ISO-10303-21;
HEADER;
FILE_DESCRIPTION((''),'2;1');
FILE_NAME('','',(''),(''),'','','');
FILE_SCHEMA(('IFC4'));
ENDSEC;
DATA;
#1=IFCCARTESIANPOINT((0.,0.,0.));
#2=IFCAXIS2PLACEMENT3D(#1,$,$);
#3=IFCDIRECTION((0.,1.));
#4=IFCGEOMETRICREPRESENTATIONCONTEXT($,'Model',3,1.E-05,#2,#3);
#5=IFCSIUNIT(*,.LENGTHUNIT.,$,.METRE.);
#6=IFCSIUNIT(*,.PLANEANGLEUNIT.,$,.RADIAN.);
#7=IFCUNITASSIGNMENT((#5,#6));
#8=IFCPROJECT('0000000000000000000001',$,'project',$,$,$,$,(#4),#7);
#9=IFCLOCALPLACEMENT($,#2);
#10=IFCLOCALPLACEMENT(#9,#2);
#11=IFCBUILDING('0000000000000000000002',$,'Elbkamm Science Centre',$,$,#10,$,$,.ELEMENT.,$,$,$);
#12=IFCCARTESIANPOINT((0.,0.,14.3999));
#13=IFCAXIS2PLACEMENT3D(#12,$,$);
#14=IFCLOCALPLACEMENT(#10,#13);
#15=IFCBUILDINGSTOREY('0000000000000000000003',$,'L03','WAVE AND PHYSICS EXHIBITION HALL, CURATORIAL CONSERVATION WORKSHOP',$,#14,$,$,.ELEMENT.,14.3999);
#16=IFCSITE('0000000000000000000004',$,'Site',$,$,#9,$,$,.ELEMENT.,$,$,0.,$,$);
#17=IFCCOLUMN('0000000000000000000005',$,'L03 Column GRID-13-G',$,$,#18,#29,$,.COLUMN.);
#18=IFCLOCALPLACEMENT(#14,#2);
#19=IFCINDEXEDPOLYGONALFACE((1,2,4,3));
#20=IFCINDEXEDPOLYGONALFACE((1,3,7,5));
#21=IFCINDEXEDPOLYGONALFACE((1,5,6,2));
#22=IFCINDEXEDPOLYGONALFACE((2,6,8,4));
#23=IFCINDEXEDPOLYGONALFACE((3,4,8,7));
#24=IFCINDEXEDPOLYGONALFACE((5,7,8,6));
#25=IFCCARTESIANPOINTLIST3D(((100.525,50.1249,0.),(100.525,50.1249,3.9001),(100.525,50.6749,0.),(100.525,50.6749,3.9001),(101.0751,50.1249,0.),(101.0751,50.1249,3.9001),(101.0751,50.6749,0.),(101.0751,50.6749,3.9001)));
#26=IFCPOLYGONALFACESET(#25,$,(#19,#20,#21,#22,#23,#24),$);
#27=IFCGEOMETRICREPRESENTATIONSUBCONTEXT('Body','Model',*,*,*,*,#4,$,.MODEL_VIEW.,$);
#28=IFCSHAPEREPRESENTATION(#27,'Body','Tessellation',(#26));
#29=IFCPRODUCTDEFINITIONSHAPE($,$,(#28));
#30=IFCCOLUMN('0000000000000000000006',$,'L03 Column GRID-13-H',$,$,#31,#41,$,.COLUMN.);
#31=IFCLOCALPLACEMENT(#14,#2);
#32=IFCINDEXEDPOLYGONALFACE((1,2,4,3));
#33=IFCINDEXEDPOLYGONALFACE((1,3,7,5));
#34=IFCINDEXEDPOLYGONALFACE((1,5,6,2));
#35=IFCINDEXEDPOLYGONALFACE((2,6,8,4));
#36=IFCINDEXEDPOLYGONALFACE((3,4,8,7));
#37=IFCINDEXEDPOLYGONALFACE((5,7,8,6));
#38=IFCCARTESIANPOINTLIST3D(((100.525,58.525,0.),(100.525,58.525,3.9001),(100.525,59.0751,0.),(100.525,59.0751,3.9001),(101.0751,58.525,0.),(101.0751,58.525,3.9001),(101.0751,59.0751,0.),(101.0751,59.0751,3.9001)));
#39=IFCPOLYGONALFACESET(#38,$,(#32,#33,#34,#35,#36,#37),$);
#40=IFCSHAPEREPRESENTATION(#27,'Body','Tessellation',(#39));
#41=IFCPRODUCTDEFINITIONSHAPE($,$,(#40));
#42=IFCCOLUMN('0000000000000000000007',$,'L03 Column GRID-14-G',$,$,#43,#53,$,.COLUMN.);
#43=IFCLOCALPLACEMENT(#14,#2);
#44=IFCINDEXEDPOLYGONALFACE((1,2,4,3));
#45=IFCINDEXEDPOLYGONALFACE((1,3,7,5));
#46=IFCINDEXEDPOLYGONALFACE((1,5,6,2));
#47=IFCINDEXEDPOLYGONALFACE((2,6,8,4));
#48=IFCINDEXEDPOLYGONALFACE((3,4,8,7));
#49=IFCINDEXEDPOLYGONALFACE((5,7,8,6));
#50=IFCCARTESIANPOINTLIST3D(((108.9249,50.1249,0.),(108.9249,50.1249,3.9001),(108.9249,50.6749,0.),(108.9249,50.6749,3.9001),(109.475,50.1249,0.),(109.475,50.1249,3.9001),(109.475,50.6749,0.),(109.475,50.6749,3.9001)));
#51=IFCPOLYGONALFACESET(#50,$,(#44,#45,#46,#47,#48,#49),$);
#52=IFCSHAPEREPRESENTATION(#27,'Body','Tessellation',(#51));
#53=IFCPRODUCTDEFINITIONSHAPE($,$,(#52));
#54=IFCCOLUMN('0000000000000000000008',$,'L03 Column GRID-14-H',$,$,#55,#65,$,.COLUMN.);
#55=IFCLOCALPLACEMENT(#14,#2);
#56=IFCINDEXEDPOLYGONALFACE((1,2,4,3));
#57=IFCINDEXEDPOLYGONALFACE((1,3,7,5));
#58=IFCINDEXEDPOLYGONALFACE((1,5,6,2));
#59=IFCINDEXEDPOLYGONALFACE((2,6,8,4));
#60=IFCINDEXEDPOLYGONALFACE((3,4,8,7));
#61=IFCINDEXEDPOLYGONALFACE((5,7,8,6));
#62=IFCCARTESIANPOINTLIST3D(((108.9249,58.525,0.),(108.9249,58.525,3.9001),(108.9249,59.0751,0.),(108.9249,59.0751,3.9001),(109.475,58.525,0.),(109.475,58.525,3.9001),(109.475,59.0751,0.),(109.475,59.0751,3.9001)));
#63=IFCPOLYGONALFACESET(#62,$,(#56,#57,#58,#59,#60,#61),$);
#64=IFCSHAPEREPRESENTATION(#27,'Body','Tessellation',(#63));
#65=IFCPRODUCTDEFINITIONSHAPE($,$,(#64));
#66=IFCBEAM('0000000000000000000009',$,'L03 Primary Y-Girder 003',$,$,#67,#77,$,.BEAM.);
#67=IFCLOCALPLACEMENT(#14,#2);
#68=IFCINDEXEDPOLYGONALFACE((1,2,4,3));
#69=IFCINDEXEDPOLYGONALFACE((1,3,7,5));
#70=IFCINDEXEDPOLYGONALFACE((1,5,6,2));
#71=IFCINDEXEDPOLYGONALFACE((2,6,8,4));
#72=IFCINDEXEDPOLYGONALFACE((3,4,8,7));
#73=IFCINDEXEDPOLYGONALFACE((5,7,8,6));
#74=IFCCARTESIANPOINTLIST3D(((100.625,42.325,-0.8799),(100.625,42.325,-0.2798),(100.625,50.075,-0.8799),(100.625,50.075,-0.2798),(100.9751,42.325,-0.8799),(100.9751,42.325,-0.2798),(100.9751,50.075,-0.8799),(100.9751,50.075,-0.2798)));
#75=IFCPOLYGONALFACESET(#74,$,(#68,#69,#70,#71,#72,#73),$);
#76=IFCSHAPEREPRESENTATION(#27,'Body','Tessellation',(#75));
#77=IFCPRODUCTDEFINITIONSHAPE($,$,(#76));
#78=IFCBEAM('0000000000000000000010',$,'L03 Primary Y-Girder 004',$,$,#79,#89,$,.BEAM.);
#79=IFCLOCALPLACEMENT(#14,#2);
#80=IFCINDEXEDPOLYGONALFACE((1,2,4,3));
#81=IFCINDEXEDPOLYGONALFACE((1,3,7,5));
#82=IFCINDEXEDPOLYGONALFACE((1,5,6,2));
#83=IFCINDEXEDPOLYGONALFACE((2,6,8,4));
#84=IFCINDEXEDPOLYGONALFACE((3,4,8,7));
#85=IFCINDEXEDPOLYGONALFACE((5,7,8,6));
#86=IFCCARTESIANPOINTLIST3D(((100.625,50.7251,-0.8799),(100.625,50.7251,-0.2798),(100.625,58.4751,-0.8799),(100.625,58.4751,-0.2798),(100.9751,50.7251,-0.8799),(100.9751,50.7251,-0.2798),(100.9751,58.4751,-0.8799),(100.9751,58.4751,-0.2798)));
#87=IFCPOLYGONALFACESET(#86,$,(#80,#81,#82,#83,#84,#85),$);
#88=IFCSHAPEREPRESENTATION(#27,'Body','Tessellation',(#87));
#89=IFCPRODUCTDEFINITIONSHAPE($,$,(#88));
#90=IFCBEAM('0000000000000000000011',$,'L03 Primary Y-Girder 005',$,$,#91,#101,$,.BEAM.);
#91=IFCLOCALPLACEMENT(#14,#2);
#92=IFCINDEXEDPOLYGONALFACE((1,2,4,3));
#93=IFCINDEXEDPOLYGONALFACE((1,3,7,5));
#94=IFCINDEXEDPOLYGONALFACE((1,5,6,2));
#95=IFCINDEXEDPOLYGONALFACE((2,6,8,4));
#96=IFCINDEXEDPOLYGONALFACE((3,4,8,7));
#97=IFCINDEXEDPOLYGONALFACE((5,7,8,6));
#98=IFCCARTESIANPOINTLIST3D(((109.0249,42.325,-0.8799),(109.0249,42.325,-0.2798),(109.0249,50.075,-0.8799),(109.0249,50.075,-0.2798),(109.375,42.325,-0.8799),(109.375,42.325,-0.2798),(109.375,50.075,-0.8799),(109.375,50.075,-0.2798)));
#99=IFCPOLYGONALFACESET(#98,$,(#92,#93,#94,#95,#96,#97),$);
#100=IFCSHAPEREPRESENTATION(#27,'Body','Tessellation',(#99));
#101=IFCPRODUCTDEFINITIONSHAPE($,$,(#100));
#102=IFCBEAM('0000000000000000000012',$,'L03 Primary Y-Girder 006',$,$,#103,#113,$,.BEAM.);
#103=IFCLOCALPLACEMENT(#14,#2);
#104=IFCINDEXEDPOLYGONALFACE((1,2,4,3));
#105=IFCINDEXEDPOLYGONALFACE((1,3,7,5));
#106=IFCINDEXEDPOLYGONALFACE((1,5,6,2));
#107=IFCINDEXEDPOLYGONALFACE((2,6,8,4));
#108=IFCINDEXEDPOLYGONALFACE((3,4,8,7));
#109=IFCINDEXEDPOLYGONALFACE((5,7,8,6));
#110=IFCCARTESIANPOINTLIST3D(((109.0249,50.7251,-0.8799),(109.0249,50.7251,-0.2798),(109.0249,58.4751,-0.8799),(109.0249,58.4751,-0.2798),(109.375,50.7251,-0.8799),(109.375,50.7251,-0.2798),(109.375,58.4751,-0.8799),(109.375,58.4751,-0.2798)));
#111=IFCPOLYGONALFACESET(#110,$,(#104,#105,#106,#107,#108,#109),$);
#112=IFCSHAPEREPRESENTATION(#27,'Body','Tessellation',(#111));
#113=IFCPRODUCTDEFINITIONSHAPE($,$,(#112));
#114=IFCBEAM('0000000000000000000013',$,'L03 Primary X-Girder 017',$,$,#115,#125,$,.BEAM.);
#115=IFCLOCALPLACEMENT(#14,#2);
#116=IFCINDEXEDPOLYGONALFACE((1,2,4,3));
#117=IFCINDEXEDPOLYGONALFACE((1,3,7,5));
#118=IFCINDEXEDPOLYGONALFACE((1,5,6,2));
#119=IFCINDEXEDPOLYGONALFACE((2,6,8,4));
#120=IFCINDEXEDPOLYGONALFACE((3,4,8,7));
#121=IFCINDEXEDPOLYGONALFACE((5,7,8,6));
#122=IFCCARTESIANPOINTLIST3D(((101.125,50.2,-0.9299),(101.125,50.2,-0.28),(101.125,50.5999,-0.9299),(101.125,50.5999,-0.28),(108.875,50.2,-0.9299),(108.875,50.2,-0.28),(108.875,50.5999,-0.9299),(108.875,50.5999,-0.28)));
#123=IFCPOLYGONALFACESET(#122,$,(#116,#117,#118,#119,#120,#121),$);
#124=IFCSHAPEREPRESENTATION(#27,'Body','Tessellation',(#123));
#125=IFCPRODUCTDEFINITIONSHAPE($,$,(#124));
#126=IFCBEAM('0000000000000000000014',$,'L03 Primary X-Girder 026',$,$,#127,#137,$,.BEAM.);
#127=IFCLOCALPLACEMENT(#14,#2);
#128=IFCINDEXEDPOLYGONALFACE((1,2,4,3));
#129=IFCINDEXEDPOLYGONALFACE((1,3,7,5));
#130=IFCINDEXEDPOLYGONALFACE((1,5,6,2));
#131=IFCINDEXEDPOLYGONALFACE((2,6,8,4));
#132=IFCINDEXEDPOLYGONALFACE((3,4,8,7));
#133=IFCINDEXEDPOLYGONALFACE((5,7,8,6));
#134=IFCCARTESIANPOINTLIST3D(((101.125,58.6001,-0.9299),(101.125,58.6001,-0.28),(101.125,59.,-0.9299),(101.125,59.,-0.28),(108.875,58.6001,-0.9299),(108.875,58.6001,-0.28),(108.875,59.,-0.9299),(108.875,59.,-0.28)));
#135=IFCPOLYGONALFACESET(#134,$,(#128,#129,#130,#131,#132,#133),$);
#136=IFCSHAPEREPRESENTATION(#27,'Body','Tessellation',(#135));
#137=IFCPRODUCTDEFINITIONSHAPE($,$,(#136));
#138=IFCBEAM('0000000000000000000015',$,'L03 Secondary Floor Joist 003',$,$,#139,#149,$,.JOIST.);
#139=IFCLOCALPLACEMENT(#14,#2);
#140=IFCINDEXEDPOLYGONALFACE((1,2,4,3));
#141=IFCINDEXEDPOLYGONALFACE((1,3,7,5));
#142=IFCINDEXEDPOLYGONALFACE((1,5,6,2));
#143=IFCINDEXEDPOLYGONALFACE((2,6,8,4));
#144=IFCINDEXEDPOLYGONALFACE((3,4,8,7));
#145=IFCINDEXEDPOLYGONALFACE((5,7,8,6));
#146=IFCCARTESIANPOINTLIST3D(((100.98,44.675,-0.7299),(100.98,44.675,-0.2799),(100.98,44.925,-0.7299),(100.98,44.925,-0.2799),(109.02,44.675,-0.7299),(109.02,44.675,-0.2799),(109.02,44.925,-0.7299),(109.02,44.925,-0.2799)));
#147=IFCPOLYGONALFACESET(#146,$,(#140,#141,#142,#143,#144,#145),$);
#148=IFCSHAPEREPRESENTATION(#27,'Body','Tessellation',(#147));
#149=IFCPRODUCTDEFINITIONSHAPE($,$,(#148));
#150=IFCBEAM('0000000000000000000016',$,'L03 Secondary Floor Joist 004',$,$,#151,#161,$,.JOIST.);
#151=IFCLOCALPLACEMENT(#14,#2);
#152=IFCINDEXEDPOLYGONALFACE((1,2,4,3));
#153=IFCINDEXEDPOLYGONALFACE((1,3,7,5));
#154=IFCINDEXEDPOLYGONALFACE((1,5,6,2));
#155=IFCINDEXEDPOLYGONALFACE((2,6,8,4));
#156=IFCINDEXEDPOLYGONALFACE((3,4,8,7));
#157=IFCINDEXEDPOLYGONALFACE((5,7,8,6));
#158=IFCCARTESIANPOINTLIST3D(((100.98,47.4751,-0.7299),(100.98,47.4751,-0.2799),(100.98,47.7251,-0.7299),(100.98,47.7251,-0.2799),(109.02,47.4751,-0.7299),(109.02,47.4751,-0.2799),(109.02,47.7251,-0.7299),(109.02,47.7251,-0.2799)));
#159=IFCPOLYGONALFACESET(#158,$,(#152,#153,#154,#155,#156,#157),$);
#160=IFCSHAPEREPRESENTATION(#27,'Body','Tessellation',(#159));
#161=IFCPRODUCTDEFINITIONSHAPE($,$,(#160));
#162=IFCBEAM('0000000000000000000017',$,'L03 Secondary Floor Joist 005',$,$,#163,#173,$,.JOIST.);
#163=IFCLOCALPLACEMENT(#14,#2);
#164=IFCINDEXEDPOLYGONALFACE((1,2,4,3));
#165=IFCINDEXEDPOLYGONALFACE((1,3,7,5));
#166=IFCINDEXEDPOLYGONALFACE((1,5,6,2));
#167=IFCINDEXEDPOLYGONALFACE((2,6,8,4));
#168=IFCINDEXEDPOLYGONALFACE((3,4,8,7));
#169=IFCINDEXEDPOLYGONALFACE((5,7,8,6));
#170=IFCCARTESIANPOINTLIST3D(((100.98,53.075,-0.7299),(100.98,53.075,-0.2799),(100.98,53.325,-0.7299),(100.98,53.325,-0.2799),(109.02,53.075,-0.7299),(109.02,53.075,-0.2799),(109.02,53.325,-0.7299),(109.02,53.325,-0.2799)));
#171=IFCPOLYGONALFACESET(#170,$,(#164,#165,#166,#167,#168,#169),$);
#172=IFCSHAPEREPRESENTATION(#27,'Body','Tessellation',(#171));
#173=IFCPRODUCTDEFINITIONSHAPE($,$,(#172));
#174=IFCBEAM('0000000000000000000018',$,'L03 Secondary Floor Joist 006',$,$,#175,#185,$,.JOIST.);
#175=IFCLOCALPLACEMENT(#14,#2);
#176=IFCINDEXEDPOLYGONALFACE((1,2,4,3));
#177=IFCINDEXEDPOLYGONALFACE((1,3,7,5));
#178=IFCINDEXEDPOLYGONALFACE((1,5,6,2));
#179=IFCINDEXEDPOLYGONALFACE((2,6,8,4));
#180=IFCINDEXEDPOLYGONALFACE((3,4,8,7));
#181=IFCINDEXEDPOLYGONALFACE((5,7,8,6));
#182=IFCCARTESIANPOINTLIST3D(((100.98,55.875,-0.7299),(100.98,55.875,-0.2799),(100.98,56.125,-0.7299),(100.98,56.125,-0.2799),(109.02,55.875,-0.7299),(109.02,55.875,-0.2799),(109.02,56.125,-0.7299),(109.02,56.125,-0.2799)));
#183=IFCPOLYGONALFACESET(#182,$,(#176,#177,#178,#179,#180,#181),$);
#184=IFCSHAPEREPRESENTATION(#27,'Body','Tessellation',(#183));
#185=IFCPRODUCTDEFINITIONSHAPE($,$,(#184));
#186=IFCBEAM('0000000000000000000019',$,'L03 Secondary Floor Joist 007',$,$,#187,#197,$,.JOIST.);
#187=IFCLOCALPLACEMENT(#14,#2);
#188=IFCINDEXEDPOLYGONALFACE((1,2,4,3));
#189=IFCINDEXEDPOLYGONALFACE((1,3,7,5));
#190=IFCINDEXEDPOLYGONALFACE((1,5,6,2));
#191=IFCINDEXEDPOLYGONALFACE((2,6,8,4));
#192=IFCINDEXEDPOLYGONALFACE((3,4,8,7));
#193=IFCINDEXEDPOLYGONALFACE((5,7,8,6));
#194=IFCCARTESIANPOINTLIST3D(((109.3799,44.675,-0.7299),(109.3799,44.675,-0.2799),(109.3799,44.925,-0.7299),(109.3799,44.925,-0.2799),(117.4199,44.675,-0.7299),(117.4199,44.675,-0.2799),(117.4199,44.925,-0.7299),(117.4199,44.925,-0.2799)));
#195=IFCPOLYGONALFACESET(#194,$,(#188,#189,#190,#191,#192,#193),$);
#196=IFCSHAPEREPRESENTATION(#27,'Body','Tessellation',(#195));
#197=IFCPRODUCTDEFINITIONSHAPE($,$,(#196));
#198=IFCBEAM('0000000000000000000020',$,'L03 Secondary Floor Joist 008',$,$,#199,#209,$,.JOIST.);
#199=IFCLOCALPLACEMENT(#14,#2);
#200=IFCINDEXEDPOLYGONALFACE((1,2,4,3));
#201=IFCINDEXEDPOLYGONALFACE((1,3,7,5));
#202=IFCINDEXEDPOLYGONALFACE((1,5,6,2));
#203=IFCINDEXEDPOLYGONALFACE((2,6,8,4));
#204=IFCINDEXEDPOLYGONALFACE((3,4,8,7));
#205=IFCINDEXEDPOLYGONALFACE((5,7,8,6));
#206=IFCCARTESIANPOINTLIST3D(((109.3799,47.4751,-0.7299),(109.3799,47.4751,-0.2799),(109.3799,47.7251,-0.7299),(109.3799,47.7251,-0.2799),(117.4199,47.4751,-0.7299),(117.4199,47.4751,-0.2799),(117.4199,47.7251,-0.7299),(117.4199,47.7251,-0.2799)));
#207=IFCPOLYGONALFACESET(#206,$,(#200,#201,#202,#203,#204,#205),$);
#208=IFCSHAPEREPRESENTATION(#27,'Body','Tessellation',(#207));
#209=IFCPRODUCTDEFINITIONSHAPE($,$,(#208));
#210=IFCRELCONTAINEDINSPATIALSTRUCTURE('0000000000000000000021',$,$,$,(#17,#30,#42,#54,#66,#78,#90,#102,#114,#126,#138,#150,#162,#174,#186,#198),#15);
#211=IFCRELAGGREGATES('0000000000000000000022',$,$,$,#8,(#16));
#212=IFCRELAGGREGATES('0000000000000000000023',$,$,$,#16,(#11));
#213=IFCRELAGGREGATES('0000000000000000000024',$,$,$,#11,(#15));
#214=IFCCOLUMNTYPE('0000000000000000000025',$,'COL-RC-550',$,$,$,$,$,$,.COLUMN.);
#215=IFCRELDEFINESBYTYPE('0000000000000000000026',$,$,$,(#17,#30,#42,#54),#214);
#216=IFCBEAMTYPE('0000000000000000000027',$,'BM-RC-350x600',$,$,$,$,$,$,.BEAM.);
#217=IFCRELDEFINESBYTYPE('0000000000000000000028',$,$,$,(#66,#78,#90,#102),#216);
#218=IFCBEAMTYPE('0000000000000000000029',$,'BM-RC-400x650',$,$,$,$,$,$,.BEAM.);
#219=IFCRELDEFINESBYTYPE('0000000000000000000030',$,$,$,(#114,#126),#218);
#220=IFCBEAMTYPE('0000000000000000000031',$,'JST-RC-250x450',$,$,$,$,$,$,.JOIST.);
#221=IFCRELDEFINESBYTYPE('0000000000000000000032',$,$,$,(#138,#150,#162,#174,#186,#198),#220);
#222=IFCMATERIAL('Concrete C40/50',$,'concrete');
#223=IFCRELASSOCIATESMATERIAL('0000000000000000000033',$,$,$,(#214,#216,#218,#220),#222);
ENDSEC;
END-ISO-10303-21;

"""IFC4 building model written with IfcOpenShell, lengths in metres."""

from ifc_helpers import new_model, si_unit, direction, frame, origin, origin_2d, place, context, subcontext, project, spatial, rectangle, extrude, material, material_profile, profile_set, type_object, element, save


model = new_model("IFC4")

# Units and contexts
model_context = context("Model", 3, precision=1e-05, world=origin(), true_north=direction((0.0, 1.0)))
body_context = subcontext(model_context, "Body", "Model", "MODEL_VIEW")
ifc_project = project(units=[si_unit("LENGTHUNIT", "METRE"), si_unit("PLANEANGLEUNIT", "RADIAN")], contexts=[model_context])

# Site, building, storey
site_placement = place(None, origin())
site = spatial("IfcSite", under=ifc_project, at=site_placement, Name="Site", CompositionType="ELEMENT", RefElevation=0.0)
building_placement = place(site_placement, origin())
building = spatial("IfcBuilding", under=site, at=building_placement, Name="Elbkamm Science Centre", CompositionType="ELEMENT")
storey_placement = place(building_placement, frame((0.0, 0.0, 14.3999)))
storey = spatial("IfcBuildingStorey", under=building, at=storey_placement, Name="L03", Description="WAVE AND PHYSICS EXHIBITION HALL, CURATORIAL CONSERVATION WORKSHOP", CompositionType="ELEMENT", Elevation=14.3999)

# Columns
ifc_material_1 = material(Name="Concrete C40/50", Category="concrete")
ifc_material_profile_1 = material_profile(ifc_material_1, rectangle(XDim=0.55, YDim=0.55, at=origin_2d()), Name="RC 550x550")
ifc_profile_set_1 = profile_set([ifc_material_profile_1], Name="Concrete C40/50")
column_type = type_object("IfcColumnType", Name="COL-RC-550", PredefinedType="COLUMN", material=ifc_profile_set_1)
for number, where, z_axis, x_axis, name in (
    (1, (100.8, 50.3999, 0.0), (0.0, 0.0, 1.0), (1.0, 0.0, 0.0), "L03 Column GRID-13-G"),
    (2, (100.8, 58.8, 0.0), (0.0, 0.0, 1.0), (1.0, 0.0, 0.0), "L03 Column GRID-13-H"),
    (3, (109.2, 50.3999, 0.0), (0.0, 0.0, 1.0), (1.0, 0.0, 0.0), "L03 Column GRID-14-G"),
    (4, (109.2, 58.8, 0.0), (0.0, 0.0, 1.0), (1.0, 0.0, 0.0), "L03 Column GRID-14-H"),
):
    element("IfcColumn", number, at=place(storey_placement, frame(where, z_axis=z_axis, x_axis=x_axis)), inside=storey, type_object=column_type, Name=name, PredefinedType="COLUMN", context=body_context, shape_type="SweptSolid", body=[
        extrude(rectangle(XDim=0.55, YDim=0.55, at=origin_2d()), origin(), (0.0, 0.0, 1.0), 3.9001),
    ])

# Beams
ifc_material_profile_2 = material_profile(ifc_material_1, rectangle(XDim=0.3501, YDim=0.6001, at=origin_2d()), Name="RC 350x600")
ifc_profile_set_2 = profile_set([ifc_material_profile_2], Name="Concrete C40/50")
beam_type_1 = type_object("IfcBeamType", Name="BM-RC-350x600", PredefinedType="BEAM", material=ifc_profile_set_2)
for number, where, z_axis, x_axis, name in (
    (5, (100.8, 42.325, -0.5798), (0.0, 1.0, 0.0), (-1.0, 0.0, 0.0), "L03 Primary Y-Girder 003"),
    (6, (100.8, 50.7251, -0.5798), (0.0, 1.0, 0.0), (-1.0, 0.0, 0.0), "L03 Primary Y-Girder 004"),
    (7, (109.2, 42.325, -0.5798), (0.0, 1.0, 0.0), (-1.0, 0.0, 0.0), "L03 Primary Y-Girder 005"),
    (8, (109.2, 50.7251, -0.5798), (0.0, 1.0, 0.0), (-1.0, 0.0, 0.0), "L03 Primary Y-Girder 006"),
):
    element("IfcBeam", number, at=place(storey_placement, frame(where, z_axis=z_axis, x_axis=x_axis)), inside=storey, type_object=beam_type_1, Name=name, PredefinedType="BEAM", context=body_context, shape_type="SweptSolid", body=[
        extrude(rectangle(XDim=0.3501, YDim=0.6001, at=origin_2d()), origin(), (0.0, 0.0, 1.0), 7.75),
    ])
ifc_material_profile_3 = material_profile(ifc_material_1, rectangle(XDim=0.3999, YDim=0.6499, at=origin_2d()), Name="RC 400x650")
ifc_profile_set_3 = profile_set([ifc_material_profile_3], Name="Concrete C40/50")
beam_type_2 = type_object("IfcBeamType", Name="BM-RC-400x650", PredefinedType="BEAM", material=ifc_profile_set_3)
for number, where, z_axis, x_axis, name in (
    (9, (101.125, 50.3999, -0.605), (1.0, 0.0, 0.0), (0.0, 1.0, 0.0), "L03 Primary X-Girder 017"),
    (10, (101.125, 58.8, -0.605), (1.0, 0.0, 0.0), (0.0, 1.0, 0.0), "L03 Primary X-Girder 026"),
):
    element("IfcBeam", number, at=place(storey_placement, frame(where, z_axis=z_axis, x_axis=x_axis)), inside=storey, type_object=beam_type_2, Name=name, PredefinedType="BEAM", context=body_context, shape_type="SweptSolid", body=[
        extrude(rectangle(XDim=0.3999, YDim=0.6499, at=origin_2d()), origin(), (0.0, 0.0, 1.0), 7.75),
    ])
ifc_material_profile_4 = material_profile(ifc_material_1, rectangle(XDim=0.25, YDim=0.45, at=origin_2d()), Name="RC 250x450")
ifc_profile_set_4 = profile_set([ifc_material_profile_4], Name="Concrete C40/50")
beam_type_3 = type_object("IfcBeamType", Name="JST-RC-250x450", PredefinedType="JOIST", material=ifc_profile_set_4)
for number, where, z_axis, x_axis, name in (
    (11, (100.98, 44.8, -0.5049), (1.0, 0.0, 0.0), (0.0, 1.0, 0.0), "L03 Secondary Floor Joist 003"),
    (12, (100.98, 47.6001, -0.5049), (1.0, 0.0, 0.0), (0.0, 1.0, 0.0), "L03 Secondary Floor Joist 004"),
    (13, (100.98, 53.2, -0.5049), (1.0, 0.0, 0.0), (0.0, 1.0, 0.0), "L03 Secondary Floor Joist 005"),
    (14, (100.98, 56.0, -0.5049), (1.0, 0.0, 0.0), (0.0, 1.0, 0.0), "L03 Secondary Floor Joist 006"),
    (15, (109.3799, 44.8, -0.5049), (1.0, 0.0, 0.0), (0.0, 1.0, 0.0), "L03 Secondary Floor Joist 007"),
    (16, (109.3799, 47.6001, -0.5049), (1.0, 0.0, 0.0), (0.0, 1.0, 0.0), "L03 Secondary Floor Joist 008"),
):
    element("IfcBeam", number, at=place(storey_placement, frame(where, z_axis=z_axis, x_axis=x_axis)), inside=storey, type_object=beam_type_3, Name=name, PredefinedType="JOIST", context=body_context, shape_type="SweptSolid", body=[
        extrude(rectangle(XDim=0.25, YDim=0.45, at=origin_2d()), origin(), (0.0, 0.0, 1.0), 8.04),
    ])

save(model, "model.ifc")
